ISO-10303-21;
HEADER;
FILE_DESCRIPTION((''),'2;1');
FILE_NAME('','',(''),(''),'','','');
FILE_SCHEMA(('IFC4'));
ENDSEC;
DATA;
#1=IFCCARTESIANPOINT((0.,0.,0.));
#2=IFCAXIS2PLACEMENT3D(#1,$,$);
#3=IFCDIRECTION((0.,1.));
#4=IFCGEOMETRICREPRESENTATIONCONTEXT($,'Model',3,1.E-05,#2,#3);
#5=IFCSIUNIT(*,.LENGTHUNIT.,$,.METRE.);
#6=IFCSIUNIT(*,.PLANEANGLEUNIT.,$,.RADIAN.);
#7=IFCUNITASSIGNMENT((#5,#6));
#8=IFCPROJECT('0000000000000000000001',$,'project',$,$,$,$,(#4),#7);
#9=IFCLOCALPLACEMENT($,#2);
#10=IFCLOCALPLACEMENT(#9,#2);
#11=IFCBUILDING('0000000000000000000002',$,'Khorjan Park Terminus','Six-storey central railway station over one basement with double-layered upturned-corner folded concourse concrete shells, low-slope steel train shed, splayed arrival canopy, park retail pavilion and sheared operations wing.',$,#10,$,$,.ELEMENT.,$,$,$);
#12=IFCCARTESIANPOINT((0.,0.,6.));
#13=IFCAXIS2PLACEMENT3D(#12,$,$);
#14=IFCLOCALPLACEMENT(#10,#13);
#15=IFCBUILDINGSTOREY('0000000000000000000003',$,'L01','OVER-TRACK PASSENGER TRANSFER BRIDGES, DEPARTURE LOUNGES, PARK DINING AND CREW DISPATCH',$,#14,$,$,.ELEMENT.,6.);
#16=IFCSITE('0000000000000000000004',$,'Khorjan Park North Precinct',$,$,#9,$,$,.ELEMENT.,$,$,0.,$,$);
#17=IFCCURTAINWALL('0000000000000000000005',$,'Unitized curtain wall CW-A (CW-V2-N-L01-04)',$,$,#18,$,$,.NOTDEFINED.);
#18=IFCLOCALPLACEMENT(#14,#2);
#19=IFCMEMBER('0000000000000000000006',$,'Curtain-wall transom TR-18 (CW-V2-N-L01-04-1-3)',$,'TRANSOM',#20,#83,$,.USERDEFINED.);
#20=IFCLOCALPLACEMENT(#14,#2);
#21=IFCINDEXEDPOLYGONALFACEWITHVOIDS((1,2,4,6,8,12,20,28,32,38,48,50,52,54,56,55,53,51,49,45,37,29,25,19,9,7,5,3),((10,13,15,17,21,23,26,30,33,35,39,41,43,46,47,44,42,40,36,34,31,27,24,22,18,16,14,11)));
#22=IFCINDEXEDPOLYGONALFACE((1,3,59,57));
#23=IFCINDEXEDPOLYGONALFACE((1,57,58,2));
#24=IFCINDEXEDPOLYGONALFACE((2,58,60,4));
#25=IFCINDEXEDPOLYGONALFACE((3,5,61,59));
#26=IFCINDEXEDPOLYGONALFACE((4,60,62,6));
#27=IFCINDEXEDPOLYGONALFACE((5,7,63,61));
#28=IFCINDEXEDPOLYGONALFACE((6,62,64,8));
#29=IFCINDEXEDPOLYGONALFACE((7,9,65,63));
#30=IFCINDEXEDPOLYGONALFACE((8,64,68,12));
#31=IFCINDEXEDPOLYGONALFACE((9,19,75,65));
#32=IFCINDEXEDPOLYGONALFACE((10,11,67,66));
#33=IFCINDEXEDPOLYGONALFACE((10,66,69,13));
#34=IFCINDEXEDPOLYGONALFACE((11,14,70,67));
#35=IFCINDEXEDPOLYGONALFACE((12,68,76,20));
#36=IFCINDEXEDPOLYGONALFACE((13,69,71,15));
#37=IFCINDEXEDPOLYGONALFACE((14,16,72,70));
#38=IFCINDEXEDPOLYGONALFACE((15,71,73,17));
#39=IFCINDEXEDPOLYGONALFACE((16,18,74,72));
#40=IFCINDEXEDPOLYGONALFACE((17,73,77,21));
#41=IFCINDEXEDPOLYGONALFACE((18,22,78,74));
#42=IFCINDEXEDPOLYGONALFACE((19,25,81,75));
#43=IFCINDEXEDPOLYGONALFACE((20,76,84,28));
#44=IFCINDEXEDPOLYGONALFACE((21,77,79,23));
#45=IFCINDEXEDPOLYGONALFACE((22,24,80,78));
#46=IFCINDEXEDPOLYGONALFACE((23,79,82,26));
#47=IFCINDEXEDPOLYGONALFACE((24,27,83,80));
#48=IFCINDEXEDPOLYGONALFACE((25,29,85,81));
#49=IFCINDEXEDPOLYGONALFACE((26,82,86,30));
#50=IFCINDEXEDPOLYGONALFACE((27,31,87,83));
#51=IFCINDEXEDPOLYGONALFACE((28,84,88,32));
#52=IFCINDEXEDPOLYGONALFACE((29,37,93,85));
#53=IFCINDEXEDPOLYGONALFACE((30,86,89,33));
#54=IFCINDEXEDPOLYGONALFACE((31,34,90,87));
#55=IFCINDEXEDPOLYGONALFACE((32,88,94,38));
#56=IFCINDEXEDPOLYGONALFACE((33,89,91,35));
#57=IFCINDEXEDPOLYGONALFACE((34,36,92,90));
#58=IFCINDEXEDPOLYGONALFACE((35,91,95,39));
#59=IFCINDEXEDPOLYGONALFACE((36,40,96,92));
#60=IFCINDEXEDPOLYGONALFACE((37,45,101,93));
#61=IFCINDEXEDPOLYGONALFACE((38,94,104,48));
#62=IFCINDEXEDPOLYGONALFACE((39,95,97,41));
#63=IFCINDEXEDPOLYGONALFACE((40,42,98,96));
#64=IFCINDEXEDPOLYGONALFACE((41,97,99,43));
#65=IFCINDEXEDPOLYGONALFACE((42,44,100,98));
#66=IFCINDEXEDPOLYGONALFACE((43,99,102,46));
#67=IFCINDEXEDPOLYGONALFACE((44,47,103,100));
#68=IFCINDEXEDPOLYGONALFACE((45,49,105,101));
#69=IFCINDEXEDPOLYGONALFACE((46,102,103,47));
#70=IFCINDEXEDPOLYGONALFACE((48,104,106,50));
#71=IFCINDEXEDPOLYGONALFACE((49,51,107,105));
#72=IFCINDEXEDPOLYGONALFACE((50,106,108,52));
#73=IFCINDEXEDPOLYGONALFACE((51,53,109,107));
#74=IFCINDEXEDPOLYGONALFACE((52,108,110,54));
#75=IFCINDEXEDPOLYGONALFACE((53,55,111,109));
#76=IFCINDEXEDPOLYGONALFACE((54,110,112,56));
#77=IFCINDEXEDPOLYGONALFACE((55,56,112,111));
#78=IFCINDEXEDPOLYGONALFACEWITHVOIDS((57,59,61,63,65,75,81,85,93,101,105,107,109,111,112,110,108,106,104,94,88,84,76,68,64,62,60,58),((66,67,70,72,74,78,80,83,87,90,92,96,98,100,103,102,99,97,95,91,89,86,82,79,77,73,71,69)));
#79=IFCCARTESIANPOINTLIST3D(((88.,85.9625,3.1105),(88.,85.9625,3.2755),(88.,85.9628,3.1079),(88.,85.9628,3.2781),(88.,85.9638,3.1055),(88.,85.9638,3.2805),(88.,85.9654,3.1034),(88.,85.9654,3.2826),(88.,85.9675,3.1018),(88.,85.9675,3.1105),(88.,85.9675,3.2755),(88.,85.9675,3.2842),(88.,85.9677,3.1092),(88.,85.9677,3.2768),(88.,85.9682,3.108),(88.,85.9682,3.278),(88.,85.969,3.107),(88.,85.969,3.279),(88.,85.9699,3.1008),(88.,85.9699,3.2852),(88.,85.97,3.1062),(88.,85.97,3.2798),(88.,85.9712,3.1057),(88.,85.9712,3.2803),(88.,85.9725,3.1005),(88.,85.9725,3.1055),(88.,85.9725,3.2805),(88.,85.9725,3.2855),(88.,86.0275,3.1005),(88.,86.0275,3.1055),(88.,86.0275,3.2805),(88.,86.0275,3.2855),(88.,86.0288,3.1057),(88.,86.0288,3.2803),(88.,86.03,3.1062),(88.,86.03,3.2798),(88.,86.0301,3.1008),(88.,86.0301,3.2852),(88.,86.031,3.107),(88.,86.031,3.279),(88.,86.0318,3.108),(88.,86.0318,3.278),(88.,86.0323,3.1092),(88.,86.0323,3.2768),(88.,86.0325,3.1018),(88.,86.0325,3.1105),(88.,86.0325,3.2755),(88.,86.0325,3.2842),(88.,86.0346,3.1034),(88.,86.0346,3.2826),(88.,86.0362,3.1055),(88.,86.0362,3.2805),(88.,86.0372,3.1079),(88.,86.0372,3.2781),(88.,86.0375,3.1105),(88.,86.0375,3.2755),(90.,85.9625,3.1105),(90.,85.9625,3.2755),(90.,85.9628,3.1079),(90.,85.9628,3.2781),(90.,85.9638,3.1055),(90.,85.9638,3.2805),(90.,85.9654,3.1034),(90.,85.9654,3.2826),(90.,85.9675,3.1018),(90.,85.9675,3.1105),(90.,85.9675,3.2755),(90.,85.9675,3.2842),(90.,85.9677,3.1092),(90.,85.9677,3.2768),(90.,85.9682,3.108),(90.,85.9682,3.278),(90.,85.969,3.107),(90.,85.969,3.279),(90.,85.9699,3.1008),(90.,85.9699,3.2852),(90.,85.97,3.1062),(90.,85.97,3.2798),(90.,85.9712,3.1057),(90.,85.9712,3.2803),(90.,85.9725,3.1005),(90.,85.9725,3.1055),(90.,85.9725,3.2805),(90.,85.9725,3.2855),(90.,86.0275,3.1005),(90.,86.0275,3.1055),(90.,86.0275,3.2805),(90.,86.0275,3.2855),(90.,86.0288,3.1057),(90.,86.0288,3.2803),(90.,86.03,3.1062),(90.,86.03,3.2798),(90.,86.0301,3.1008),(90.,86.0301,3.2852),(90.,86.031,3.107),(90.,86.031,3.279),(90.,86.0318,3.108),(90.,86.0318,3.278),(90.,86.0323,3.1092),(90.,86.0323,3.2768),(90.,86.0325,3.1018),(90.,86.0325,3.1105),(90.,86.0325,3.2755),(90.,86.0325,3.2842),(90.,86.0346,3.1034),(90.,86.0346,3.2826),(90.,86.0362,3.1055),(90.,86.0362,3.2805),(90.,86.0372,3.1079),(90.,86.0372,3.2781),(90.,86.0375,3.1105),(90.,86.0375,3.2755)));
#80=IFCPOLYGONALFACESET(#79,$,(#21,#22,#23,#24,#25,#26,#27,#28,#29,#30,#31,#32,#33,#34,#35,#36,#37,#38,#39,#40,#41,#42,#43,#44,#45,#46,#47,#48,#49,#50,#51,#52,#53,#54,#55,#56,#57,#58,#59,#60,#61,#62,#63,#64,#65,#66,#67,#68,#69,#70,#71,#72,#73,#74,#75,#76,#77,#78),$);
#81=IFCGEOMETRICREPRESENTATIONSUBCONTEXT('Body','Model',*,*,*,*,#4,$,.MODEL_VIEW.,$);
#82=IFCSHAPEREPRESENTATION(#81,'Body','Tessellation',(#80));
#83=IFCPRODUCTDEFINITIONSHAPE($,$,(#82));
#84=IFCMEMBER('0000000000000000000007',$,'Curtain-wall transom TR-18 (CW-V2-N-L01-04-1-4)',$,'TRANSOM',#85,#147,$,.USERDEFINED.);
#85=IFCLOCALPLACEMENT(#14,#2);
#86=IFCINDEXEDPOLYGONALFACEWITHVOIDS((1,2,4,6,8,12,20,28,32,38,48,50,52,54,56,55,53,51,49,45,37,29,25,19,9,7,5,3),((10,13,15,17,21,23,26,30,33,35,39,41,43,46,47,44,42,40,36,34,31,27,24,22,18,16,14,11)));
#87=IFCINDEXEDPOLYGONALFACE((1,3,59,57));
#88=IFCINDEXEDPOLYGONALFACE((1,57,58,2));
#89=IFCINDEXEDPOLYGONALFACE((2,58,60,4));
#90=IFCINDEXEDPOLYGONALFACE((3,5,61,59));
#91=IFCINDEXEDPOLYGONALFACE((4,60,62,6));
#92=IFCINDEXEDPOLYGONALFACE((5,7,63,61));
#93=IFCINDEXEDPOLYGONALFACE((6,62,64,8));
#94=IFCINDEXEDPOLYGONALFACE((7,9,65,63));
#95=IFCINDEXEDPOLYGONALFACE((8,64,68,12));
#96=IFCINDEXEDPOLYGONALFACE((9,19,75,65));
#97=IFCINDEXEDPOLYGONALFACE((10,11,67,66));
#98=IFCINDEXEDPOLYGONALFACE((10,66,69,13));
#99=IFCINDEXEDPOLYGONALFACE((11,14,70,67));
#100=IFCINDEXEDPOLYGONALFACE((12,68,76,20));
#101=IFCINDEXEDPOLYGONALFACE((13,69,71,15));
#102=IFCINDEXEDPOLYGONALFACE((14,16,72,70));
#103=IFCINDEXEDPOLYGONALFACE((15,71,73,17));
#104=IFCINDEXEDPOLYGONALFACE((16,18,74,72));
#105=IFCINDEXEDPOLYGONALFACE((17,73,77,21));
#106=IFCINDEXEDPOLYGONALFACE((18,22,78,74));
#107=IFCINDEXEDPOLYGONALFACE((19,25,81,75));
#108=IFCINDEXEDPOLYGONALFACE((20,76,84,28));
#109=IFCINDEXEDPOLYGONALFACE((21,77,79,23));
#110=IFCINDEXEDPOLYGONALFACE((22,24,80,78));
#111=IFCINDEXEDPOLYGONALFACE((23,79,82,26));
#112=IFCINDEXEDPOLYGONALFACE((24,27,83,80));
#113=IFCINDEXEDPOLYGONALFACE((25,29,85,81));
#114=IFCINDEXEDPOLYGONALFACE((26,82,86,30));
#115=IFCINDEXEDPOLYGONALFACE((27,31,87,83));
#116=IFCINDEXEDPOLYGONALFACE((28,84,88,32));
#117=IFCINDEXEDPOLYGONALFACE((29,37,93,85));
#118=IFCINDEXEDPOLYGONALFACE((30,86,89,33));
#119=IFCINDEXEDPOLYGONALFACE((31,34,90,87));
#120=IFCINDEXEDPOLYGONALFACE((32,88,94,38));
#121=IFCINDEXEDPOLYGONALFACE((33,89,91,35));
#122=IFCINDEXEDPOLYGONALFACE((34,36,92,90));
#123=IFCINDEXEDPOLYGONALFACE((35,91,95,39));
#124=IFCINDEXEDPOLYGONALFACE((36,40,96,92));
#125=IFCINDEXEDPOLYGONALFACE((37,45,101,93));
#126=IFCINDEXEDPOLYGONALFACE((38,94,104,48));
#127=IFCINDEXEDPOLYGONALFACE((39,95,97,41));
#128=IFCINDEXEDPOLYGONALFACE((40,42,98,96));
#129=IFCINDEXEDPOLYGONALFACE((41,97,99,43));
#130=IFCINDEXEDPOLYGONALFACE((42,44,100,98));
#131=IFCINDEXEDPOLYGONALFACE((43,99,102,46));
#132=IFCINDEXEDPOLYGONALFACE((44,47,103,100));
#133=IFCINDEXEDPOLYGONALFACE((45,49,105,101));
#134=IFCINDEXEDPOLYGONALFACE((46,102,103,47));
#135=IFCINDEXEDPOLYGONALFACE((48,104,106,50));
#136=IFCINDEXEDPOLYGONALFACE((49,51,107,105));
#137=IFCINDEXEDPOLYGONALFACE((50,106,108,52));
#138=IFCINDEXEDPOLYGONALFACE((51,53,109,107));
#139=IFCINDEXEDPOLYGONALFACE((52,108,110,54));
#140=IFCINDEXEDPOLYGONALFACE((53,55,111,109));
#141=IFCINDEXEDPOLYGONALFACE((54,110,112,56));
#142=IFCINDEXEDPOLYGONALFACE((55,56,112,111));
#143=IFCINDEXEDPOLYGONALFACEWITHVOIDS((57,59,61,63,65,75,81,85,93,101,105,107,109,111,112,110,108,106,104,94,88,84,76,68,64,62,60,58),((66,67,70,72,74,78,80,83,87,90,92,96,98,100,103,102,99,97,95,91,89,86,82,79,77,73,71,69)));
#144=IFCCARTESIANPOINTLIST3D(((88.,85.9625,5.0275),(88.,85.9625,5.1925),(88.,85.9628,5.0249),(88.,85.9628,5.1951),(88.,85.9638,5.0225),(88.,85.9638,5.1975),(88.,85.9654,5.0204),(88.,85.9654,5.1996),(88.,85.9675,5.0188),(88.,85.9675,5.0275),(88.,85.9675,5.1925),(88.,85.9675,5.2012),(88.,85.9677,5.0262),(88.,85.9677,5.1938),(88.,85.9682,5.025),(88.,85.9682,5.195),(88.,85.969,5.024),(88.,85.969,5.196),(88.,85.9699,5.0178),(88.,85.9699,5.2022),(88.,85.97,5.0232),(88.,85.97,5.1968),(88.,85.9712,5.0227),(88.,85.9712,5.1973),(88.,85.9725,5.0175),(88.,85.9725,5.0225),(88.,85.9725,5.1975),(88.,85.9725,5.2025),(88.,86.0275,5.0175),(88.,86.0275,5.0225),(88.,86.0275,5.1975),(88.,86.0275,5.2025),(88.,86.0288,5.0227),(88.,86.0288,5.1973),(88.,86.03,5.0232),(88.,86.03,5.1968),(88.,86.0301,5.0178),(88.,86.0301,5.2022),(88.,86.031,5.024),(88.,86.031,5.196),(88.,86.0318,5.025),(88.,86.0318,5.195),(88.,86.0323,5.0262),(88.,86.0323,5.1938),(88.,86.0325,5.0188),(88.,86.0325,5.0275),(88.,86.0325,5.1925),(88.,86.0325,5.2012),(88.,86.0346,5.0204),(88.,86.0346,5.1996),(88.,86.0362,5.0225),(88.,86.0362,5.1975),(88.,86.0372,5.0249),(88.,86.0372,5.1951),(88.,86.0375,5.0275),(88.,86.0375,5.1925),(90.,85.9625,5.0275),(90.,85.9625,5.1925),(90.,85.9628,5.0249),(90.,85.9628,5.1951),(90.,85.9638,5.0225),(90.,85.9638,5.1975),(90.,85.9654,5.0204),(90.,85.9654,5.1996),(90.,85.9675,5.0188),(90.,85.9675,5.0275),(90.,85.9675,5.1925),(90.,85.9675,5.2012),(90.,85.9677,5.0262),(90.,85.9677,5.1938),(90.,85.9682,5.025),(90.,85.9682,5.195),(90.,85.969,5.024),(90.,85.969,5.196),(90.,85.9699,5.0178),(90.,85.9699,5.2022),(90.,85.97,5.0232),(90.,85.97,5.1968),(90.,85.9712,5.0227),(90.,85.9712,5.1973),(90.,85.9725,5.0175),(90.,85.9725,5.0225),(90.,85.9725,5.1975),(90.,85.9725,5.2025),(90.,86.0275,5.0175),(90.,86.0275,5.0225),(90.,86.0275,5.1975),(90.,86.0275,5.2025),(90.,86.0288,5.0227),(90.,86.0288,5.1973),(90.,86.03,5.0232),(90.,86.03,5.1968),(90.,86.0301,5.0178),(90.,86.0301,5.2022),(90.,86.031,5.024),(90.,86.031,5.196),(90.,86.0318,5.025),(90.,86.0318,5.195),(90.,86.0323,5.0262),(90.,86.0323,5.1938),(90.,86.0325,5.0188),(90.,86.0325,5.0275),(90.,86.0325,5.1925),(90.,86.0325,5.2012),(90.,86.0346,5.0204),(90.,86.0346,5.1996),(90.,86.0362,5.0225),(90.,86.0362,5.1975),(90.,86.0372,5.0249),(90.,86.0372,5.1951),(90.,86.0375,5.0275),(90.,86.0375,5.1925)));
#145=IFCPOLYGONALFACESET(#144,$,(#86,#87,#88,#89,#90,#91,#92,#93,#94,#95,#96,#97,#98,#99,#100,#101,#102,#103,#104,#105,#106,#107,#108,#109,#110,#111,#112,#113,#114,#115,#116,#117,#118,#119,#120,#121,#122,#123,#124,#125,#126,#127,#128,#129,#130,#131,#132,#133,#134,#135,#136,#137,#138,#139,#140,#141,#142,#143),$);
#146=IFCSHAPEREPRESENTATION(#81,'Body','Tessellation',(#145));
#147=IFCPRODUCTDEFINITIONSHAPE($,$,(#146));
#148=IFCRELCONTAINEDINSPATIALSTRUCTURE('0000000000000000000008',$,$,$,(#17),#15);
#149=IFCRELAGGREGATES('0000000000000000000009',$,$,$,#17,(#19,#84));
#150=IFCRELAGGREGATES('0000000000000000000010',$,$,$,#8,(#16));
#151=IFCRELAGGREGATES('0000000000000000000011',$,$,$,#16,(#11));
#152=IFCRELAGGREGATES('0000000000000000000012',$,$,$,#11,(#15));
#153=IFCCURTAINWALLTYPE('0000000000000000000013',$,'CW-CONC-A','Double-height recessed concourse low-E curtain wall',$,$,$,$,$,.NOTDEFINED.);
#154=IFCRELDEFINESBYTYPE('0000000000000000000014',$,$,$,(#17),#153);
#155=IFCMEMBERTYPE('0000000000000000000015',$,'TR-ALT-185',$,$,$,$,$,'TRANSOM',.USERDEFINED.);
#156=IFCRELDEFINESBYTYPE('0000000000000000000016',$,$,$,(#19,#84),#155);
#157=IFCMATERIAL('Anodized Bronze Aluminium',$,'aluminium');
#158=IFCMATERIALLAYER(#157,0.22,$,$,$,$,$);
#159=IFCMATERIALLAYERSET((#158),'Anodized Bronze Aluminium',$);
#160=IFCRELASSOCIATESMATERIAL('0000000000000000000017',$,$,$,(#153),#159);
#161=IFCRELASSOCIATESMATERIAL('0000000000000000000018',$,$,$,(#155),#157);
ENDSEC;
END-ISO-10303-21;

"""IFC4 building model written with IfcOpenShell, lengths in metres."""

from ifc_helpers import new_model, si_unit, direction, frame, origin, origin_2d, place, context, subcontext, project, spatial, hollow_rectangle, extrude, material, layer, layer_set, material_profile, profile_set, type_object, element, aggregate, save


model = new_model("IFC4")

# Units and contexts
model_context = context("Model", 3, precision=1e-05, world=origin(), true_north=direction((0.0, 1.0)))
body_context = subcontext(model_context, "Body", "Model", "MODEL_VIEW")
ifc_project = project(units=[si_unit("LENGTHUNIT", "METRE"), si_unit("PLANEANGLEUNIT", "RADIAN")], contexts=[model_context])

# Site, building, storey
site_placement = place(None, origin())
site = spatial("IfcSite", under=ifc_project, at=site_placement, Name="Khorjan Park North Precinct", CompositionType="ELEMENT", RefElevation=0.0)
building_placement = place(site_placement, origin())
building = spatial("IfcBuilding", under=site, at=building_placement, Name="Khorjan Park Terminus", Description="Six-storey central railway station over one basement with double-layered upturned-corner folded concourse concrete shells, low-slope steel train shed, splayed arrival canopy, park retail pavilion and sheared operations wing.", CompositionType="ELEMENT")
storey_placement = place(building_placement, frame((0.0, 0.0, 6.0)))
storey = spatial("IfcBuildingStorey", under=building, at=storey_placement, Name="L01", Description="OVER-TRACK PASSENGER TRANSFER BRIDGES, DEPARTURE LOUNGES, PARK DINING AND CREW DISPATCH", CompositionType="ELEMENT", Elevation=6.0)

# Curtain wall
ifc_material_1 = material(Name="Anodized Bronze Aluminium", Category="aluminium")
ifc_layer_1 = layer(ifc_material_1, 0.22)
ifc_layer_set_1 = layer_set([ifc_layer_1], Name="Anodized Bronze Aluminium")
curtain_wall_type = type_object("IfcCurtainWallType", Name="CW-CONC-A", Description="Double-height recessed concourse low-E curtain wall", PredefinedType="NOTDEFINED", material=ifc_layer_set_1)
curtain_wall_placement = place(storey_placement, origin())
curtain_wall = element("IfcCurtainWall", 1, at=curtain_wall_placement, inside=storey, type_object=curtain_wall_type, Name="Unitized curtain wall CW-A (CW-V2-N-L01-04)", PredefinedType="NOTDEFINED")

# Members
ifc_material_profile_1 = material_profile(ifc_material_1, hollow_rectangle(XDim=0.075, YDim=0.185, WallThickness=0.005, InnerFilletRadius=0.005, OuterFilletRadius=0.01, at=origin_2d()), Name="ALT 75x185x5")
ifc_profile_set_1 = profile_set([ifc_material_profile_1], Name="Anodized Bronze Aluminium")
member_type_1 = type_object("IfcMemberType", Name="TR-ALT-185", ElementType="TRANSOM", PredefinedType="USERDEFINED", material=ifc_profile_set_1)
member_1_placement = place(storey_placement, frame((90.0, 86.0, 3.193), z_axis=(-1.0, 0.0, 0.0), x_axis=(0.0, -1.0, 0.0)))
member_1 = element("IfcMember", 2, at=member_1_placement, type_object=member_type_1, Name="Curtain-wall transom TR-18 (CW-V2-N-L01-04-1-3)", ObjectType="TRANSOM", PredefinedType="USERDEFINED", context=body_context, shape_type="SweptSolid", body=[
    extrude(hollow_rectangle(XDim=0.075, YDim=0.185, WallThickness=0.005, InnerFilletRadius=0.005, OuterFilletRadius=0.01, at=origin_2d()), origin(), (0.0, 0.0, 1.0), 2.0),
])
member_2_placement = place(storey_placement, frame((90.0, 86.0, 5.11), z_axis=(-1.0, 0.0, 0.0), x_axis=(0.0, -1.0, 0.0)))
member_2 = element("IfcMember", 3, at=member_2_placement, type_object=member_type_1, Name="Curtain-wall transom TR-18 (CW-V2-N-L01-04-1-4)", ObjectType="TRANSOM", PredefinedType="USERDEFINED", context=body_context, shape_type="SweptSolid", body=[
    extrude(hollow_rectangle(XDim=0.075, YDim=0.185, WallThickness=0.005, InnerFilletRadius=0.005, OuterFilletRadius=0.01, at=origin_2d()), origin(), (0.0, 0.0, 1.0), 2.0),
])

aggregate(curtain_wall, [member_1, member_2])

save(model, "model.ifc")
